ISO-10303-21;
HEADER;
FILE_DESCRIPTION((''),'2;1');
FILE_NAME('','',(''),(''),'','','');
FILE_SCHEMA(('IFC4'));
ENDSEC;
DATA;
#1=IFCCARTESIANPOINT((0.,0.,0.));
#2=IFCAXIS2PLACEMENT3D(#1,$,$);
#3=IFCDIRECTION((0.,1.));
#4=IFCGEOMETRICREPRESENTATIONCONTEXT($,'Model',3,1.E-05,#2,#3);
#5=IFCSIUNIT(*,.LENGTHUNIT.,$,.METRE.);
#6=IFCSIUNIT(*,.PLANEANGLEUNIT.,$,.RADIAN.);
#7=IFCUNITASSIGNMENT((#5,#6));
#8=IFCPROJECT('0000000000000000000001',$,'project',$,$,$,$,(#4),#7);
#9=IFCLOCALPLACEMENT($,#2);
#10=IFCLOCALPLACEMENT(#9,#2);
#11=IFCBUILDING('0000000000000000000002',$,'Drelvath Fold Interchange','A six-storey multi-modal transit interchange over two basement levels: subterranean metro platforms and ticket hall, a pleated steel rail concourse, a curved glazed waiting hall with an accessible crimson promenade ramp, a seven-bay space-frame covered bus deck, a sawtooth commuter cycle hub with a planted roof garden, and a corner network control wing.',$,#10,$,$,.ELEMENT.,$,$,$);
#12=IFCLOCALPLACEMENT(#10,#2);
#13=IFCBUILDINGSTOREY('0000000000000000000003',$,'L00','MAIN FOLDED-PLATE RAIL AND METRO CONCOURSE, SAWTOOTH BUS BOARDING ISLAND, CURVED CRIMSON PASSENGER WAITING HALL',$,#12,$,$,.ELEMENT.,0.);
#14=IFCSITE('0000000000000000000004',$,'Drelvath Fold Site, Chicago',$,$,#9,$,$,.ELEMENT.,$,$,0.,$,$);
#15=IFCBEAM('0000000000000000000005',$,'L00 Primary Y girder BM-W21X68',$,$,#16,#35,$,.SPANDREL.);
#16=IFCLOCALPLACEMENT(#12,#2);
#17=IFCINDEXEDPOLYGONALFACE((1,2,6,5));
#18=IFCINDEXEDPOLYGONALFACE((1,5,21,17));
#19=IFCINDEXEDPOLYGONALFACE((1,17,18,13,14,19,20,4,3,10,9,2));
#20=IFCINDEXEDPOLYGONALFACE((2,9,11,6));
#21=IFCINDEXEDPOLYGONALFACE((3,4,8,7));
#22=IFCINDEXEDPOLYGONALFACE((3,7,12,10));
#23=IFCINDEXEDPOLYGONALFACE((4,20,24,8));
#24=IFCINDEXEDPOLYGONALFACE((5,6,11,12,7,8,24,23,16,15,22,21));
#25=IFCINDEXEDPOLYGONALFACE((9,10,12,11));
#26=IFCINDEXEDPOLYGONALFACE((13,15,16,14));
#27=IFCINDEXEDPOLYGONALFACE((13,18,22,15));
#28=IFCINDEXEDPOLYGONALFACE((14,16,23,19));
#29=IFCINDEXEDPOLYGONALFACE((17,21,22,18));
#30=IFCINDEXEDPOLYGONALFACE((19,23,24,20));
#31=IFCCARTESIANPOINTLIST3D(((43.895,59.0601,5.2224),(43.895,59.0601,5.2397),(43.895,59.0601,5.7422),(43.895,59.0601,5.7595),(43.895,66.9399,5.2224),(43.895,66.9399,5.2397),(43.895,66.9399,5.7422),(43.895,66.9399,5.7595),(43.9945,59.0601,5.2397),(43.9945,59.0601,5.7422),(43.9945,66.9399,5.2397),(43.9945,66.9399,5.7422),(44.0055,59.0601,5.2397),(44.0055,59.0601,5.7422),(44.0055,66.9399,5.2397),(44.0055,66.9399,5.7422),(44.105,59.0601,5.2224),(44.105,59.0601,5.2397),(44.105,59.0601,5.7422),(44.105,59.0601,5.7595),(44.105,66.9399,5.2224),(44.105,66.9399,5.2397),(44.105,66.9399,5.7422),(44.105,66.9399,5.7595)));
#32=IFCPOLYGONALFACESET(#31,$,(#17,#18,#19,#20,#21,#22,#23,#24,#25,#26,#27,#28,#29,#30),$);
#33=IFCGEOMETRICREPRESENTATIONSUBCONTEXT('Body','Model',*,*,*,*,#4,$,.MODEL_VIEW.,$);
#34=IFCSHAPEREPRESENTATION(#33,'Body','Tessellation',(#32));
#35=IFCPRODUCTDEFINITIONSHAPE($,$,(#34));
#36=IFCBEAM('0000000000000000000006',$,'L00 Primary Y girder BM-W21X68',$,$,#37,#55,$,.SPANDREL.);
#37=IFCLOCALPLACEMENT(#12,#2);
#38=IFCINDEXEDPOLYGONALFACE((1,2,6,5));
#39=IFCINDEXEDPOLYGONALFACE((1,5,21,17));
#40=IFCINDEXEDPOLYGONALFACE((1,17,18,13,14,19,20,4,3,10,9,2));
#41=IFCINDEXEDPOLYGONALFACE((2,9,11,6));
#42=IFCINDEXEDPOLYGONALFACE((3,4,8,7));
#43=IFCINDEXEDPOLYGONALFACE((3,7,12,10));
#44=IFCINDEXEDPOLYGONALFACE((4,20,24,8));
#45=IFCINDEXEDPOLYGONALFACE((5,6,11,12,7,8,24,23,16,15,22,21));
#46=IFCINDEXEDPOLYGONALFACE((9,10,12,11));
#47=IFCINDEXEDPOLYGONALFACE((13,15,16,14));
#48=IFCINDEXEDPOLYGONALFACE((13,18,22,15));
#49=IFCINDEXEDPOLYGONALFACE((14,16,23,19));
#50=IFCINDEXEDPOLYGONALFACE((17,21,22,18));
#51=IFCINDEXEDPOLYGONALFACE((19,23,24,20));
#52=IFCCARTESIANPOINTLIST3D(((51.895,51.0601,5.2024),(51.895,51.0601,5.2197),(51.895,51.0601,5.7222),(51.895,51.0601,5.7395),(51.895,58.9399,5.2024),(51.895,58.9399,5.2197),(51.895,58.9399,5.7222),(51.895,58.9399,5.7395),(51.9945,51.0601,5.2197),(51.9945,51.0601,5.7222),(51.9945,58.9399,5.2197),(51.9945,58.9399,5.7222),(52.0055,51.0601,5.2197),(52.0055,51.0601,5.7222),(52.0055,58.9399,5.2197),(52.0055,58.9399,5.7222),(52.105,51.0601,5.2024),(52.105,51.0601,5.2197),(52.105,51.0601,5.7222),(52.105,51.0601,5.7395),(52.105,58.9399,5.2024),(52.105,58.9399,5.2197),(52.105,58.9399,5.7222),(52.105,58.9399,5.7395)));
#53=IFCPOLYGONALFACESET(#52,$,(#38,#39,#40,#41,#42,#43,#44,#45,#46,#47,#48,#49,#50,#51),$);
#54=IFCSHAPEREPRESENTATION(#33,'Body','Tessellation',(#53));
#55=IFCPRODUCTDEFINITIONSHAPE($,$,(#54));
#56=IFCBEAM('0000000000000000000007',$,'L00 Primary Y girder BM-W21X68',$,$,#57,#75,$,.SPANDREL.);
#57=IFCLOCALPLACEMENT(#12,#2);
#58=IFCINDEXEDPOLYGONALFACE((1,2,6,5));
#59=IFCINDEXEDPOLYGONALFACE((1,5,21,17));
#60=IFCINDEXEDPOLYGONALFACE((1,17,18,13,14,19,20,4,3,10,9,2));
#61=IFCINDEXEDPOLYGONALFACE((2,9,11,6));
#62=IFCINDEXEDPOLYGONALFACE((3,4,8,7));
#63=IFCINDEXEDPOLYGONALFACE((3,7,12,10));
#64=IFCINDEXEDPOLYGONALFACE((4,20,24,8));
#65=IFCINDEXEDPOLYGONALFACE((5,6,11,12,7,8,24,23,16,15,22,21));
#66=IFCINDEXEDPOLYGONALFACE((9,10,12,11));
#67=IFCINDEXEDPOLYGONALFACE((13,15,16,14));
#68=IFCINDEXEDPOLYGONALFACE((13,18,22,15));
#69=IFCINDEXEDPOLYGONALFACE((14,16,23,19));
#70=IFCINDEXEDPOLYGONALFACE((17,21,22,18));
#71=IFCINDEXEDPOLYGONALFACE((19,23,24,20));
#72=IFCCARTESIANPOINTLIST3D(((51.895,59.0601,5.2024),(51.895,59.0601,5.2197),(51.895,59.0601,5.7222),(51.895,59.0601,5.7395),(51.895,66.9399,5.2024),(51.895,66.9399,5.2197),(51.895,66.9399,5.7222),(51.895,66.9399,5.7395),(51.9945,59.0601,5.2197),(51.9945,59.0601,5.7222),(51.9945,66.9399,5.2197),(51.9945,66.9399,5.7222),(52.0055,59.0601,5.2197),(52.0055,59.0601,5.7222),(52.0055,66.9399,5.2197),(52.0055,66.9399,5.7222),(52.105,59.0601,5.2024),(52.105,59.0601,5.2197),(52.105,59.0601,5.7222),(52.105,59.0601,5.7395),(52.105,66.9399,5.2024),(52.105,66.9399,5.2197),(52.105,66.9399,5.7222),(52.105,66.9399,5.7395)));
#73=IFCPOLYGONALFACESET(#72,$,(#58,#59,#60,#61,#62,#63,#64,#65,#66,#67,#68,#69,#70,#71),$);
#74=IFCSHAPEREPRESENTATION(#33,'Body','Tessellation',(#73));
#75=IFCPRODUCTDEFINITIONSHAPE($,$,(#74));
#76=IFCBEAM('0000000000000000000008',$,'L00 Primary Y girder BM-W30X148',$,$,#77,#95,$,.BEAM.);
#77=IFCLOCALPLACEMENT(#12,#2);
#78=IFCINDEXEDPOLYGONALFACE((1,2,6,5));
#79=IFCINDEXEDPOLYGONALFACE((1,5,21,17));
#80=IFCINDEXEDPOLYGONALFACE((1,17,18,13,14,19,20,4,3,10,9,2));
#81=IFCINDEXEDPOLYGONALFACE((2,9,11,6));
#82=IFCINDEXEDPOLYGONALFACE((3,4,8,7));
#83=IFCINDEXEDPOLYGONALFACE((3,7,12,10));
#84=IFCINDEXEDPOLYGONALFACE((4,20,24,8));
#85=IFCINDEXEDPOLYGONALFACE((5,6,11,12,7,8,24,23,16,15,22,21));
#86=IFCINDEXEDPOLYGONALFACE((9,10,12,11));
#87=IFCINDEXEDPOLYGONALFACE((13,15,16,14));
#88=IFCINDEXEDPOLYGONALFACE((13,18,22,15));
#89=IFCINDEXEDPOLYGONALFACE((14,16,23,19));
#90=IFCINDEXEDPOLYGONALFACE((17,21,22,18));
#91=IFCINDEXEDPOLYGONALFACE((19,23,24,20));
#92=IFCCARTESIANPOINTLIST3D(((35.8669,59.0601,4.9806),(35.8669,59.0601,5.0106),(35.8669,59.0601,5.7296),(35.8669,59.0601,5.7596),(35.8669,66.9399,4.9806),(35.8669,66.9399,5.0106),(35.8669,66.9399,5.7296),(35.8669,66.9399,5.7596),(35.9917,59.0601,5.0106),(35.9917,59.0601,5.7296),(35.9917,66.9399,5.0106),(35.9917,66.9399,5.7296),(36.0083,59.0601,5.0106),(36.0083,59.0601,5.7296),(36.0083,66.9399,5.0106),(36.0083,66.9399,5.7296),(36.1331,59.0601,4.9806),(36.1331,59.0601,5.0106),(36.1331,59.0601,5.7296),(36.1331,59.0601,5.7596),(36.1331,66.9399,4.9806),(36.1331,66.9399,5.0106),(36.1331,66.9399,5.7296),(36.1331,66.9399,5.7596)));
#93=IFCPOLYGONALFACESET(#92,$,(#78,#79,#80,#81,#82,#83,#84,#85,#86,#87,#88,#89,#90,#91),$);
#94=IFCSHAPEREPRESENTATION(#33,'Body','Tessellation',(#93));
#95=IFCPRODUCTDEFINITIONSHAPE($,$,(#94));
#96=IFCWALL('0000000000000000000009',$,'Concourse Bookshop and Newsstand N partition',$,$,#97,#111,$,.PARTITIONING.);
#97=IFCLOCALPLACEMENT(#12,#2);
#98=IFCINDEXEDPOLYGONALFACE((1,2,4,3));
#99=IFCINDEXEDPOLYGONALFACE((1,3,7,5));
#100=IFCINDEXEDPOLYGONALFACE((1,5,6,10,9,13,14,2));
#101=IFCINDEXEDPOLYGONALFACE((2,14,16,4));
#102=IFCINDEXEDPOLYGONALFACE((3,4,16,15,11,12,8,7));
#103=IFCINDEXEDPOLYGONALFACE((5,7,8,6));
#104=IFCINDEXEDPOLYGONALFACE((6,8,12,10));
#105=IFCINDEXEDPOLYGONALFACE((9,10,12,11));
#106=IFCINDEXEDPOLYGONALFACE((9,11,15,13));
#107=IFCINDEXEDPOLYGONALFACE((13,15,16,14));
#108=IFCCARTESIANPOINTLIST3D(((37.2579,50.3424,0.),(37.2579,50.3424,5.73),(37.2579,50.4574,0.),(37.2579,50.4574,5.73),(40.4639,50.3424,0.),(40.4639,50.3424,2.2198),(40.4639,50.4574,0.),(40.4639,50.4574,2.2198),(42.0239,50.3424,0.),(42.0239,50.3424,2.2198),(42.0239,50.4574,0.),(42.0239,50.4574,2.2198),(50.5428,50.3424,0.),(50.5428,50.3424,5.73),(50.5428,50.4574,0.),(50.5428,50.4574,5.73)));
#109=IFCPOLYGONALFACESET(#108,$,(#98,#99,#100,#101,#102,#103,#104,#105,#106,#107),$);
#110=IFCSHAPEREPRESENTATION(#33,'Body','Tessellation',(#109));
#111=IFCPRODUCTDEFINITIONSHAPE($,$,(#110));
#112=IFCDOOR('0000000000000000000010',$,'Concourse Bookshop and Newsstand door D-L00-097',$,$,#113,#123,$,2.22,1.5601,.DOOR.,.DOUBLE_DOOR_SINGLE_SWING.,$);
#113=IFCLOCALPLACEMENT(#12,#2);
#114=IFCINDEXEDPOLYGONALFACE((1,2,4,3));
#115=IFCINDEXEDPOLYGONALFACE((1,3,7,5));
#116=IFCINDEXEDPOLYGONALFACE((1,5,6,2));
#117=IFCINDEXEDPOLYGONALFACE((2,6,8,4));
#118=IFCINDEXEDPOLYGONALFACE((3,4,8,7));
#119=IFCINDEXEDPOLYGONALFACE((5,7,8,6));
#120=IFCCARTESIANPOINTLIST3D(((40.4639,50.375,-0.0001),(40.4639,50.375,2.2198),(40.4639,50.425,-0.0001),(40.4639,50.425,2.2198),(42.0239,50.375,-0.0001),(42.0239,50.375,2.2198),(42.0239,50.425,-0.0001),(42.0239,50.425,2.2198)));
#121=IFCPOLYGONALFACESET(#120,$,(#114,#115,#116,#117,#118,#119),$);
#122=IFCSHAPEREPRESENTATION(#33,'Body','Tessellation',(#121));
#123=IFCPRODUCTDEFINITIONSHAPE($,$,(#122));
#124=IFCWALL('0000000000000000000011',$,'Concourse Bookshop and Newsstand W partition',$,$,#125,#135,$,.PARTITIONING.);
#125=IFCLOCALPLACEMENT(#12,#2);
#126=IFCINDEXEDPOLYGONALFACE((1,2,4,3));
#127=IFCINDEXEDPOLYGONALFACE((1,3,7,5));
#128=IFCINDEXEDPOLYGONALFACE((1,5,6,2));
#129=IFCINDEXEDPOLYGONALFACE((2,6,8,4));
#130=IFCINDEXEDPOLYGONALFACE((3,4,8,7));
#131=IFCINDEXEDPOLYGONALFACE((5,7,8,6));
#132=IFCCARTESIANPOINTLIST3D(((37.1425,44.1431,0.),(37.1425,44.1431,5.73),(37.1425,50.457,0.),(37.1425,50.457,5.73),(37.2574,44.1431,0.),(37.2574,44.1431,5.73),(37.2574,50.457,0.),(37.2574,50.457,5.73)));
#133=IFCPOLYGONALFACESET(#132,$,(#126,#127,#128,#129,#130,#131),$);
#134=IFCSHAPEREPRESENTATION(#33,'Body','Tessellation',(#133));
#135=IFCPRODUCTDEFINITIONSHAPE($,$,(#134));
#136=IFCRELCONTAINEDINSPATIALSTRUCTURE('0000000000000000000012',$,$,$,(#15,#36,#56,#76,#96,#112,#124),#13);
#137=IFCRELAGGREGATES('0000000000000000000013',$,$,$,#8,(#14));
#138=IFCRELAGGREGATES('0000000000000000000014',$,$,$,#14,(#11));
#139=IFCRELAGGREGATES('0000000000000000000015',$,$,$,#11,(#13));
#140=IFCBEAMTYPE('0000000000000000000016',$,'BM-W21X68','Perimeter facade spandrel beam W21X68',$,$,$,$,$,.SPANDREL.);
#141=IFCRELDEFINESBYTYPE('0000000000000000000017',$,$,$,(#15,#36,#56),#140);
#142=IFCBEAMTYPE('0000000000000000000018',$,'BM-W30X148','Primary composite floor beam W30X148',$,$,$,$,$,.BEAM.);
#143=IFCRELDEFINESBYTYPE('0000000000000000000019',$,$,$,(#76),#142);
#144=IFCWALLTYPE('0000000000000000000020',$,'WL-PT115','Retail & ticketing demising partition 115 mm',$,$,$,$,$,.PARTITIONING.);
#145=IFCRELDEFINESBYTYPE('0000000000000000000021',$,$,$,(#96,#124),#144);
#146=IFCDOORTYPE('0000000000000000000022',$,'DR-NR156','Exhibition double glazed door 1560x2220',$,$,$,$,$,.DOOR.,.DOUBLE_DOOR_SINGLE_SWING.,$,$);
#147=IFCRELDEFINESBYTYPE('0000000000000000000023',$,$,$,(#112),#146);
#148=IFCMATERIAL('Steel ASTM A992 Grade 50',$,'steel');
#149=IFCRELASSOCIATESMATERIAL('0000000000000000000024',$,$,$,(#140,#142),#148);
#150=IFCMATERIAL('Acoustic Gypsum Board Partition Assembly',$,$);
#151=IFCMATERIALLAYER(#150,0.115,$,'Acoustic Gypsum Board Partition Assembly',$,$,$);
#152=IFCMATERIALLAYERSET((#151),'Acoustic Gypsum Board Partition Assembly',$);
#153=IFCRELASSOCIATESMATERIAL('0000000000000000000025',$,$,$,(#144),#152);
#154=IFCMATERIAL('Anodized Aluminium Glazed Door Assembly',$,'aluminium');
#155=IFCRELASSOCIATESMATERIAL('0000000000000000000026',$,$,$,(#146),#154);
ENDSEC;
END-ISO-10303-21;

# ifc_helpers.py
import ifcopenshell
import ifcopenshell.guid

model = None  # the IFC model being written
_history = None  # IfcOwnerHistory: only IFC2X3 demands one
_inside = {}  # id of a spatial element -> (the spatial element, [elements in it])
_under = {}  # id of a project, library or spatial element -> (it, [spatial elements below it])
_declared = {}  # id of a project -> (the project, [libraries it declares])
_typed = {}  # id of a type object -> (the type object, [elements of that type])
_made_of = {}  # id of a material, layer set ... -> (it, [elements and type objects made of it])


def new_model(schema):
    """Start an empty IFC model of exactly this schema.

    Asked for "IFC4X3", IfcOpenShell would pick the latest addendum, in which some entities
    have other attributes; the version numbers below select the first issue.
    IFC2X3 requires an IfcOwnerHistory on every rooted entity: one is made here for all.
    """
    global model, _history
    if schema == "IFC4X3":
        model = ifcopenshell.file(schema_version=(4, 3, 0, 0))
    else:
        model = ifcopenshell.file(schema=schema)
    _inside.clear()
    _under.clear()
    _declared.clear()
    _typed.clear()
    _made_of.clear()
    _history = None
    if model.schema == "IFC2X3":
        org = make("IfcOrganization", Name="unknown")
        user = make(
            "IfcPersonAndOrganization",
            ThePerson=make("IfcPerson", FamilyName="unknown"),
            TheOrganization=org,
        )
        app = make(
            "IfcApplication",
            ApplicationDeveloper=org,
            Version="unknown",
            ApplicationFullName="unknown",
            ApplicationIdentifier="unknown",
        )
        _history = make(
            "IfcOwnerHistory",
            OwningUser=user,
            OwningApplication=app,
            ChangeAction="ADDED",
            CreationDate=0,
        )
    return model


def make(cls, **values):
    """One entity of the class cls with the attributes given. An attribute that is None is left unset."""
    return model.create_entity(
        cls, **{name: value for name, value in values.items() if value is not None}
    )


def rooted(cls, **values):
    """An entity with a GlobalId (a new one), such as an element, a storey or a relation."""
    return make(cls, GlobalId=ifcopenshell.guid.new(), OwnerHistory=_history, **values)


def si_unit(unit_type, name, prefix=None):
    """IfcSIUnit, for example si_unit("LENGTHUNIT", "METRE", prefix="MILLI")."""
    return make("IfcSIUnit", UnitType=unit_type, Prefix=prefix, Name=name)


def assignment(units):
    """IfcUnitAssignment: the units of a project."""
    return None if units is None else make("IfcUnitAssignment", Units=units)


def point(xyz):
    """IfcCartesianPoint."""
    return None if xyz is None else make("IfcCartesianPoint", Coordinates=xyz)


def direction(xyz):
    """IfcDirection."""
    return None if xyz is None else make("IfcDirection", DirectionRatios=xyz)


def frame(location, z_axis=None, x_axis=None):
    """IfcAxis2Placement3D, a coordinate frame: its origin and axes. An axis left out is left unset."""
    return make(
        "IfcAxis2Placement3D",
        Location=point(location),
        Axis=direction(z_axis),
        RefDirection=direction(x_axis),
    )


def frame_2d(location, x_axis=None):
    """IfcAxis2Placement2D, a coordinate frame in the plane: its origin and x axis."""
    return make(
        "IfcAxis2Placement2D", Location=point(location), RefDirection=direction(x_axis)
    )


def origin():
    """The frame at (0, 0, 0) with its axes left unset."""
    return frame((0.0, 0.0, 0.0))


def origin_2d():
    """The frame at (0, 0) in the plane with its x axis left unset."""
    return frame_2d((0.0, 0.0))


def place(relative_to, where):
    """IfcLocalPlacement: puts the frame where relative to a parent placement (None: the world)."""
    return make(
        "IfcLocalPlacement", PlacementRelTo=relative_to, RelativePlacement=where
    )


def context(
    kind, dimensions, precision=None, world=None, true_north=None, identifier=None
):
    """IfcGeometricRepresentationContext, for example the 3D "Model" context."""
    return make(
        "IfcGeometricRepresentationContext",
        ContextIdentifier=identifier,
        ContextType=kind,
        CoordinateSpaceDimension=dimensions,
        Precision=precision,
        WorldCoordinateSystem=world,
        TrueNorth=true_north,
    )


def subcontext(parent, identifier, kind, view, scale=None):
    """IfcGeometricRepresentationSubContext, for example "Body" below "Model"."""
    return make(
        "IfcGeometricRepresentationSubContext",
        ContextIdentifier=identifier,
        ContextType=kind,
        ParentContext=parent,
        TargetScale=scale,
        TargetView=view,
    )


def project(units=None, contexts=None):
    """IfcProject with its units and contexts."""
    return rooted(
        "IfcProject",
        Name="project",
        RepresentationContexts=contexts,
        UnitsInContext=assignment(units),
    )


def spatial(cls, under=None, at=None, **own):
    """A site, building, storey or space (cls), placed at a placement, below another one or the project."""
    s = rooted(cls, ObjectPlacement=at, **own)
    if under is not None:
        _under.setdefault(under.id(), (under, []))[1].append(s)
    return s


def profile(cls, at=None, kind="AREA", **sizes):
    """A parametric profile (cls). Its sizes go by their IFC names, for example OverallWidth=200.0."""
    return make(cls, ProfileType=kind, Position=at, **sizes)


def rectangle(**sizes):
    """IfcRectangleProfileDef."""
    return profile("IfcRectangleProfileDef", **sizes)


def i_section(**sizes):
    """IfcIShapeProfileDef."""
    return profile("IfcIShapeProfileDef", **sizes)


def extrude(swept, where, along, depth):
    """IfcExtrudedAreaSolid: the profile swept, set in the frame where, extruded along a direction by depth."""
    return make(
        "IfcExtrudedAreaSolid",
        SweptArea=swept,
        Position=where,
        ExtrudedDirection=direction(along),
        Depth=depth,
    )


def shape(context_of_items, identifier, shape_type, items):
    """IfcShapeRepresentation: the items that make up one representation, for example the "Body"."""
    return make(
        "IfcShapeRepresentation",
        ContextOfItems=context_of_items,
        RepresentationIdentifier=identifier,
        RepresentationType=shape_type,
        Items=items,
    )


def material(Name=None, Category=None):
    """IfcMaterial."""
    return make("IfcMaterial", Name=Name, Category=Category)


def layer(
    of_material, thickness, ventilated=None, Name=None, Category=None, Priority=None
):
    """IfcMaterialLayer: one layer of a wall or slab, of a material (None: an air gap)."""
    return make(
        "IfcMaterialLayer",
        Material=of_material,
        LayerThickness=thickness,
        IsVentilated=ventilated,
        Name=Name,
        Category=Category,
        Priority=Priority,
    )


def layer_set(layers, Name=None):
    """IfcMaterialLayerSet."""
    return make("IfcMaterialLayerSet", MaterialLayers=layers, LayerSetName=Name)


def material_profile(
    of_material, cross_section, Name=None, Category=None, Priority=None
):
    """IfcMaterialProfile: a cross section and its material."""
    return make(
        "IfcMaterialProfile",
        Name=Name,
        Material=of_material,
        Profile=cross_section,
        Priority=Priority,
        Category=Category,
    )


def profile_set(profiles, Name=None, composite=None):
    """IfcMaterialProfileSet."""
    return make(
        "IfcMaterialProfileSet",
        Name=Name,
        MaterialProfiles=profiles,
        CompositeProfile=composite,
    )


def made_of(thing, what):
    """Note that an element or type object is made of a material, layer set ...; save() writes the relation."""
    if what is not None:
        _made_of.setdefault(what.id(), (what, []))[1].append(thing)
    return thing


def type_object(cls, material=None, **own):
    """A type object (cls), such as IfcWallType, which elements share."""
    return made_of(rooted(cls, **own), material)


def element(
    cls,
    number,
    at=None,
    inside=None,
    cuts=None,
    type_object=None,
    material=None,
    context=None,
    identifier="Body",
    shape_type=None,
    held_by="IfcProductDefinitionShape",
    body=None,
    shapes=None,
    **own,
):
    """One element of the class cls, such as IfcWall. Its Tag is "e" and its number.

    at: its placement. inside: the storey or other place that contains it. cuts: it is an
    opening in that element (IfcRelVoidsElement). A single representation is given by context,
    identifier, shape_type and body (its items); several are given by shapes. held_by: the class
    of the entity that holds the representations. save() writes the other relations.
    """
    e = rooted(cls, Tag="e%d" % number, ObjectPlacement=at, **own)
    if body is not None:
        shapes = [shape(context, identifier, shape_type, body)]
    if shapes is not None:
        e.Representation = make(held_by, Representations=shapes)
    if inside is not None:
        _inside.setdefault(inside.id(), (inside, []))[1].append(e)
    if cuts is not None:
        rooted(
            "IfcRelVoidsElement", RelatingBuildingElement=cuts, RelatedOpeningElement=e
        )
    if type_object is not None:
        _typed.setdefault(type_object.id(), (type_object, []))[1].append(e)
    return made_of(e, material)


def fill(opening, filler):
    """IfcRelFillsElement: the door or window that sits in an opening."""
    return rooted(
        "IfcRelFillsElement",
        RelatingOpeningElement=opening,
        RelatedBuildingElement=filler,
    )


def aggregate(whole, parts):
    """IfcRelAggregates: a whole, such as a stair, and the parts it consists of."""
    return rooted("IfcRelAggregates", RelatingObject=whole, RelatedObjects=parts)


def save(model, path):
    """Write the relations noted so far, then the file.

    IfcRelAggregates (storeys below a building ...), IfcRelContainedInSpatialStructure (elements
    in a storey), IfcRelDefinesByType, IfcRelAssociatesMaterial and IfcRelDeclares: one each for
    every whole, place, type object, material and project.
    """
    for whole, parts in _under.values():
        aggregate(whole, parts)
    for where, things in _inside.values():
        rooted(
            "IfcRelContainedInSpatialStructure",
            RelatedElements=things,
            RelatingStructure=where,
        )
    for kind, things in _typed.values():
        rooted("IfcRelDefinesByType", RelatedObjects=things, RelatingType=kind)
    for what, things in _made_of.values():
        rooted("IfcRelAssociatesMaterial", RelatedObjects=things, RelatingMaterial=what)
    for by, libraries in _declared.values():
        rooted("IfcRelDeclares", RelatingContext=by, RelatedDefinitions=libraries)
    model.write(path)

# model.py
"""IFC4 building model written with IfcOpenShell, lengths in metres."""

from ifc_helpers import new_model, si_unit, direction, frame, frame_2d, origin, origin_2d, place, context, subcontext, project, spatial, rectangle, i_section, extrude, material, layer, layer_set, material_profile, profile_set, type_object, element, fill, save


model = new_model("IFC4")

# Units and contexts
model_context = context("Model", 3, precision=1e-05, world=origin(), true_north=direction((0.0, 1.0)))
body_context = subcontext(model_context, "Body", "Model", "MODEL_VIEW")
ifc_project = project(units=[si_unit("LENGTHUNIT", "METRE"), si_unit("PLANEANGLEUNIT", "RADIAN")], contexts=[model_context])

# Site, building, storey
site_placement = place(None, origin())
site = spatial("IfcSite", under=ifc_project, at=site_placement, Name="Drelvath Fold Site, Chicago", CompositionType="ELEMENT", RefElevation=0.0)
building_placement = place(site_placement, origin())
building = spatial("IfcBuilding", under=site, at=building_placement, Name="Drelvath Fold Interchange", Description="A six-storey multi-modal transit interchange over two basement levels: subterranean metro platforms and ticket hall, a pleated steel rail concourse, a curved glazed waiting hall with an accessible crimson promenade ramp, a seven-bay space-frame covered bus deck, a sawtooth commuter cycle hub with a planted roof garden, and a corner network control wing.", CompositionType="ELEMENT")
storey_placement = place(building_placement, origin())
storey = spatial("IfcBuildingStorey", under=building, at=storey_placement, Name="L00", Description="MAIN FOLDED-PLATE RAIL AND METRO CONCOURSE, SAWTOOTH BUS BOARDING ISLAND, CURVED CRIMSON PASSENGER WAITING HALL", CompositionType="ELEMENT", Elevation=0.0)

# Shared definitions
ifc_material_1 = material(Name="Steel ASTM A992 Grade 50", Category="steel")

# Beams
ifc_material_profile_1 = material_profile(ifc_material_1, i_section(OverallWidth=0.21, OverallDepth=0.5371, WebThickness=0.011, FlangeThickness=0.0173, at=origin_2d()), Name="W21X68")
ifc_profile_set_1 = profile_set([ifc_material_profile_1], Name="Steel ASTM A992 Grade 50")
beam_type_1 = type_object("IfcBeamType", Name="BM-W21X68", Description="Perimeter facade spandrel beam W21X68", PredefinedType="SPANDREL", material=ifc_profile_set_1)
for number, where, z_axis, x_axis, name in (
    (1, (44.0, 59.0601, 5.491), (0.0, 1.0, 0.0), (-1.0, 0.0, 0.0), "L00 Primary Y girder BM-W21X68"),
    (2, (52.0, 51.0601, 5.4709), (0.0, 1.0, 0.0), (-1.0, 0.0, 0.0), "L00 Primary Y girder BM-W21X68"),
    (3, (52.0, 59.0601, 5.4709), (0.0, 1.0, 0.0), (-1.0, 0.0, 0.0), "L00 Primary Y girder BM-W21X68"),
):
    element("IfcBeam", number, at=place(storey_placement, frame(where, z_axis=z_axis, x_axis=x_axis)), inside=storey, type_object=beam_type_1, Name=name, PredefinedType="SPANDREL", context=body_context, shape_type="SweptSolid", body=[
        extrude(i_section(OverallWidth=0.21, OverallDepth=0.5371, WebThickness=0.011, FlangeThickness=0.0173, at=origin_2d()), origin(), (0.0, 0.0, 1.0), 7.8799),
    ])
ifc_material_profile_2 = material_profile(ifc_material_1, i_section(OverallWidth=0.2661, OverallDepth=0.7791, WebThickness=0.0166, FlangeThickness=0.03, at=origin_2d()), Name="W30X148")
ifc_profile_set_2 = profile_set([ifc_material_profile_2], Name="Steel ASTM A992 Grade 50")
beam_type_2 = type_object("IfcBeamType", Name="BM-W30X148", Description="Primary composite floor beam W30X148", PredefinedType="BEAM", material=ifc_profile_set_2)
beam_placement = place(storey_placement, frame((36.0, 59.0601, 5.3701), z_axis=(0.0, 1.0, 0.0), x_axis=(-1.0, 0.0, 0.0)))
element("IfcBeam", 4, at=beam_placement, inside=storey, type_object=beam_type_2, Name="L00 Primary Y girder BM-W30X148", PredefinedType="BEAM", context=body_context, shape_type="SweptSolid", body=[
    extrude(i_section(OverallWidth=0.2661, OverallDepth=0.7791, WebThickness=0.0166, FlangeThickness=0.03, at=origin_2d()), origin(), (0.0, 0.0, 1.0), 7.8799),
])

# Wall, opening, door
ifc_material_2 = material(Name="Acoustic Gypsum Board Partition Assembly")
ifc_layer = layer(ifc_material_2, 0.115, Name="Acoustic Gypsum Board Partition Assembly")
ifc_layer_set = layer_set([ifc_layer], Name="Acoustic Gypsum Board Partition Assembly")
wall_type = type_object("IfcWallType", Name="WL-PT115", Description="Retail & ticketing demising partition 115 mm", PredefinedType="PARTITIONING", material=ifc_layer_set)
wall_1_placement = place(storey_placement, frame((50.543, 50.3999, 0.0), z_axis=(0.0, 0.0, 1.0), x_axis=(-1.0, 0.0, 0.0)))
wall_1 = element("IfcWall", 5, at=wall_1_placement, inside=storey, type_object=wall_type, Name="Concourse Bookshop and Newsstand N partition", PredefinedType="PARTITIONING", context=body_context, shape_type="SweptSolid", body=[
    extrude(rectangle(XDim=13.2849, YDim=0.115, at=frame_2d((6.6426, 0.0))), origin(), (0.0, 0.0, 1.0), 5.73),
])
opening_placement = place(wall_1_placement, frame((8.519, 0.0, 0.0)))
opening = element("IfcOpeningElement", 6, at=opening_placement, cuts=wall_1, PredefinedType="OPENING", context=body_context, shape_type="SweptSolid", body=[
    extrude(rectangle(XDim=1.5601, YDim=2.22, at=frame_2d((0.78, 1.1099))), frame((0.0, 0.0674, 0.0), z_axis=(0.0, -1.0, 0.0), x_axis=(1.0, 0.0, 0.0)), (0.0, 0.0, 1.0), 0.135),
])
ifc_material_3 = material(Name="Anodized Aluminium Glazed Door Assembly", Category="aluminium")
door_type = type_object("IfcDoorType", Name="DR-NR156", Description="Exhibition double glazed door 1560x2220", OperationType="DOUBLE_DOOR_SINGLE_SWING", PredefinedType="DOOR", material=ifc_material_3)
door_placement = place(opening_placement, origin())
door = element("IfcDoor", 7, at=door_placement, inside=storey, type_object=door_type, Name="Concourse Bookshop and Newsstand door D-L00-097", OperationType="DOUBLE_DOOR_SINGLE_SWING", OverallHeight=2.22, OverallWidth=1.5601, PredefinedType="DOOR", context=body_context, shape_type="SweptSolid", body=[
    extrude(rectangle(XDim=1.5601, YDim=2.22, at=frame_2d((0.78, 1.1099))), frame((0.0, 0.0249, 0.0), z_axis=(0.0, -1.0, 0.0), x_axis=(1.0, 0.0, 0.0)), (0.0, 0.0, 1.0), 0.05),
])
fill(opening, door)

# Wall
wall_2_placement = place(storey_placement, frame((37.2, 50.457, 0.0), z_axis=(0.0, 0.0, 1.0), x_axis=(0.0, -1.0, 0.0)))
element("IfcWall", 8, at=wall_2_placement, inside=storey, type_object=wall_type, Name="Concourse Bookshop and Newsstand W partition", PredefinedType="PARTITIONING", context=body_context, shape_type="SweptSolid", body=[
    extrude(rectangle(XDim=6.314, YDim=0.115, at=frame_2d((3.157, 0.0))), origin(), (0.0, 0.0, 1.0), 5.73),
])

save(model, "model.ifc")
